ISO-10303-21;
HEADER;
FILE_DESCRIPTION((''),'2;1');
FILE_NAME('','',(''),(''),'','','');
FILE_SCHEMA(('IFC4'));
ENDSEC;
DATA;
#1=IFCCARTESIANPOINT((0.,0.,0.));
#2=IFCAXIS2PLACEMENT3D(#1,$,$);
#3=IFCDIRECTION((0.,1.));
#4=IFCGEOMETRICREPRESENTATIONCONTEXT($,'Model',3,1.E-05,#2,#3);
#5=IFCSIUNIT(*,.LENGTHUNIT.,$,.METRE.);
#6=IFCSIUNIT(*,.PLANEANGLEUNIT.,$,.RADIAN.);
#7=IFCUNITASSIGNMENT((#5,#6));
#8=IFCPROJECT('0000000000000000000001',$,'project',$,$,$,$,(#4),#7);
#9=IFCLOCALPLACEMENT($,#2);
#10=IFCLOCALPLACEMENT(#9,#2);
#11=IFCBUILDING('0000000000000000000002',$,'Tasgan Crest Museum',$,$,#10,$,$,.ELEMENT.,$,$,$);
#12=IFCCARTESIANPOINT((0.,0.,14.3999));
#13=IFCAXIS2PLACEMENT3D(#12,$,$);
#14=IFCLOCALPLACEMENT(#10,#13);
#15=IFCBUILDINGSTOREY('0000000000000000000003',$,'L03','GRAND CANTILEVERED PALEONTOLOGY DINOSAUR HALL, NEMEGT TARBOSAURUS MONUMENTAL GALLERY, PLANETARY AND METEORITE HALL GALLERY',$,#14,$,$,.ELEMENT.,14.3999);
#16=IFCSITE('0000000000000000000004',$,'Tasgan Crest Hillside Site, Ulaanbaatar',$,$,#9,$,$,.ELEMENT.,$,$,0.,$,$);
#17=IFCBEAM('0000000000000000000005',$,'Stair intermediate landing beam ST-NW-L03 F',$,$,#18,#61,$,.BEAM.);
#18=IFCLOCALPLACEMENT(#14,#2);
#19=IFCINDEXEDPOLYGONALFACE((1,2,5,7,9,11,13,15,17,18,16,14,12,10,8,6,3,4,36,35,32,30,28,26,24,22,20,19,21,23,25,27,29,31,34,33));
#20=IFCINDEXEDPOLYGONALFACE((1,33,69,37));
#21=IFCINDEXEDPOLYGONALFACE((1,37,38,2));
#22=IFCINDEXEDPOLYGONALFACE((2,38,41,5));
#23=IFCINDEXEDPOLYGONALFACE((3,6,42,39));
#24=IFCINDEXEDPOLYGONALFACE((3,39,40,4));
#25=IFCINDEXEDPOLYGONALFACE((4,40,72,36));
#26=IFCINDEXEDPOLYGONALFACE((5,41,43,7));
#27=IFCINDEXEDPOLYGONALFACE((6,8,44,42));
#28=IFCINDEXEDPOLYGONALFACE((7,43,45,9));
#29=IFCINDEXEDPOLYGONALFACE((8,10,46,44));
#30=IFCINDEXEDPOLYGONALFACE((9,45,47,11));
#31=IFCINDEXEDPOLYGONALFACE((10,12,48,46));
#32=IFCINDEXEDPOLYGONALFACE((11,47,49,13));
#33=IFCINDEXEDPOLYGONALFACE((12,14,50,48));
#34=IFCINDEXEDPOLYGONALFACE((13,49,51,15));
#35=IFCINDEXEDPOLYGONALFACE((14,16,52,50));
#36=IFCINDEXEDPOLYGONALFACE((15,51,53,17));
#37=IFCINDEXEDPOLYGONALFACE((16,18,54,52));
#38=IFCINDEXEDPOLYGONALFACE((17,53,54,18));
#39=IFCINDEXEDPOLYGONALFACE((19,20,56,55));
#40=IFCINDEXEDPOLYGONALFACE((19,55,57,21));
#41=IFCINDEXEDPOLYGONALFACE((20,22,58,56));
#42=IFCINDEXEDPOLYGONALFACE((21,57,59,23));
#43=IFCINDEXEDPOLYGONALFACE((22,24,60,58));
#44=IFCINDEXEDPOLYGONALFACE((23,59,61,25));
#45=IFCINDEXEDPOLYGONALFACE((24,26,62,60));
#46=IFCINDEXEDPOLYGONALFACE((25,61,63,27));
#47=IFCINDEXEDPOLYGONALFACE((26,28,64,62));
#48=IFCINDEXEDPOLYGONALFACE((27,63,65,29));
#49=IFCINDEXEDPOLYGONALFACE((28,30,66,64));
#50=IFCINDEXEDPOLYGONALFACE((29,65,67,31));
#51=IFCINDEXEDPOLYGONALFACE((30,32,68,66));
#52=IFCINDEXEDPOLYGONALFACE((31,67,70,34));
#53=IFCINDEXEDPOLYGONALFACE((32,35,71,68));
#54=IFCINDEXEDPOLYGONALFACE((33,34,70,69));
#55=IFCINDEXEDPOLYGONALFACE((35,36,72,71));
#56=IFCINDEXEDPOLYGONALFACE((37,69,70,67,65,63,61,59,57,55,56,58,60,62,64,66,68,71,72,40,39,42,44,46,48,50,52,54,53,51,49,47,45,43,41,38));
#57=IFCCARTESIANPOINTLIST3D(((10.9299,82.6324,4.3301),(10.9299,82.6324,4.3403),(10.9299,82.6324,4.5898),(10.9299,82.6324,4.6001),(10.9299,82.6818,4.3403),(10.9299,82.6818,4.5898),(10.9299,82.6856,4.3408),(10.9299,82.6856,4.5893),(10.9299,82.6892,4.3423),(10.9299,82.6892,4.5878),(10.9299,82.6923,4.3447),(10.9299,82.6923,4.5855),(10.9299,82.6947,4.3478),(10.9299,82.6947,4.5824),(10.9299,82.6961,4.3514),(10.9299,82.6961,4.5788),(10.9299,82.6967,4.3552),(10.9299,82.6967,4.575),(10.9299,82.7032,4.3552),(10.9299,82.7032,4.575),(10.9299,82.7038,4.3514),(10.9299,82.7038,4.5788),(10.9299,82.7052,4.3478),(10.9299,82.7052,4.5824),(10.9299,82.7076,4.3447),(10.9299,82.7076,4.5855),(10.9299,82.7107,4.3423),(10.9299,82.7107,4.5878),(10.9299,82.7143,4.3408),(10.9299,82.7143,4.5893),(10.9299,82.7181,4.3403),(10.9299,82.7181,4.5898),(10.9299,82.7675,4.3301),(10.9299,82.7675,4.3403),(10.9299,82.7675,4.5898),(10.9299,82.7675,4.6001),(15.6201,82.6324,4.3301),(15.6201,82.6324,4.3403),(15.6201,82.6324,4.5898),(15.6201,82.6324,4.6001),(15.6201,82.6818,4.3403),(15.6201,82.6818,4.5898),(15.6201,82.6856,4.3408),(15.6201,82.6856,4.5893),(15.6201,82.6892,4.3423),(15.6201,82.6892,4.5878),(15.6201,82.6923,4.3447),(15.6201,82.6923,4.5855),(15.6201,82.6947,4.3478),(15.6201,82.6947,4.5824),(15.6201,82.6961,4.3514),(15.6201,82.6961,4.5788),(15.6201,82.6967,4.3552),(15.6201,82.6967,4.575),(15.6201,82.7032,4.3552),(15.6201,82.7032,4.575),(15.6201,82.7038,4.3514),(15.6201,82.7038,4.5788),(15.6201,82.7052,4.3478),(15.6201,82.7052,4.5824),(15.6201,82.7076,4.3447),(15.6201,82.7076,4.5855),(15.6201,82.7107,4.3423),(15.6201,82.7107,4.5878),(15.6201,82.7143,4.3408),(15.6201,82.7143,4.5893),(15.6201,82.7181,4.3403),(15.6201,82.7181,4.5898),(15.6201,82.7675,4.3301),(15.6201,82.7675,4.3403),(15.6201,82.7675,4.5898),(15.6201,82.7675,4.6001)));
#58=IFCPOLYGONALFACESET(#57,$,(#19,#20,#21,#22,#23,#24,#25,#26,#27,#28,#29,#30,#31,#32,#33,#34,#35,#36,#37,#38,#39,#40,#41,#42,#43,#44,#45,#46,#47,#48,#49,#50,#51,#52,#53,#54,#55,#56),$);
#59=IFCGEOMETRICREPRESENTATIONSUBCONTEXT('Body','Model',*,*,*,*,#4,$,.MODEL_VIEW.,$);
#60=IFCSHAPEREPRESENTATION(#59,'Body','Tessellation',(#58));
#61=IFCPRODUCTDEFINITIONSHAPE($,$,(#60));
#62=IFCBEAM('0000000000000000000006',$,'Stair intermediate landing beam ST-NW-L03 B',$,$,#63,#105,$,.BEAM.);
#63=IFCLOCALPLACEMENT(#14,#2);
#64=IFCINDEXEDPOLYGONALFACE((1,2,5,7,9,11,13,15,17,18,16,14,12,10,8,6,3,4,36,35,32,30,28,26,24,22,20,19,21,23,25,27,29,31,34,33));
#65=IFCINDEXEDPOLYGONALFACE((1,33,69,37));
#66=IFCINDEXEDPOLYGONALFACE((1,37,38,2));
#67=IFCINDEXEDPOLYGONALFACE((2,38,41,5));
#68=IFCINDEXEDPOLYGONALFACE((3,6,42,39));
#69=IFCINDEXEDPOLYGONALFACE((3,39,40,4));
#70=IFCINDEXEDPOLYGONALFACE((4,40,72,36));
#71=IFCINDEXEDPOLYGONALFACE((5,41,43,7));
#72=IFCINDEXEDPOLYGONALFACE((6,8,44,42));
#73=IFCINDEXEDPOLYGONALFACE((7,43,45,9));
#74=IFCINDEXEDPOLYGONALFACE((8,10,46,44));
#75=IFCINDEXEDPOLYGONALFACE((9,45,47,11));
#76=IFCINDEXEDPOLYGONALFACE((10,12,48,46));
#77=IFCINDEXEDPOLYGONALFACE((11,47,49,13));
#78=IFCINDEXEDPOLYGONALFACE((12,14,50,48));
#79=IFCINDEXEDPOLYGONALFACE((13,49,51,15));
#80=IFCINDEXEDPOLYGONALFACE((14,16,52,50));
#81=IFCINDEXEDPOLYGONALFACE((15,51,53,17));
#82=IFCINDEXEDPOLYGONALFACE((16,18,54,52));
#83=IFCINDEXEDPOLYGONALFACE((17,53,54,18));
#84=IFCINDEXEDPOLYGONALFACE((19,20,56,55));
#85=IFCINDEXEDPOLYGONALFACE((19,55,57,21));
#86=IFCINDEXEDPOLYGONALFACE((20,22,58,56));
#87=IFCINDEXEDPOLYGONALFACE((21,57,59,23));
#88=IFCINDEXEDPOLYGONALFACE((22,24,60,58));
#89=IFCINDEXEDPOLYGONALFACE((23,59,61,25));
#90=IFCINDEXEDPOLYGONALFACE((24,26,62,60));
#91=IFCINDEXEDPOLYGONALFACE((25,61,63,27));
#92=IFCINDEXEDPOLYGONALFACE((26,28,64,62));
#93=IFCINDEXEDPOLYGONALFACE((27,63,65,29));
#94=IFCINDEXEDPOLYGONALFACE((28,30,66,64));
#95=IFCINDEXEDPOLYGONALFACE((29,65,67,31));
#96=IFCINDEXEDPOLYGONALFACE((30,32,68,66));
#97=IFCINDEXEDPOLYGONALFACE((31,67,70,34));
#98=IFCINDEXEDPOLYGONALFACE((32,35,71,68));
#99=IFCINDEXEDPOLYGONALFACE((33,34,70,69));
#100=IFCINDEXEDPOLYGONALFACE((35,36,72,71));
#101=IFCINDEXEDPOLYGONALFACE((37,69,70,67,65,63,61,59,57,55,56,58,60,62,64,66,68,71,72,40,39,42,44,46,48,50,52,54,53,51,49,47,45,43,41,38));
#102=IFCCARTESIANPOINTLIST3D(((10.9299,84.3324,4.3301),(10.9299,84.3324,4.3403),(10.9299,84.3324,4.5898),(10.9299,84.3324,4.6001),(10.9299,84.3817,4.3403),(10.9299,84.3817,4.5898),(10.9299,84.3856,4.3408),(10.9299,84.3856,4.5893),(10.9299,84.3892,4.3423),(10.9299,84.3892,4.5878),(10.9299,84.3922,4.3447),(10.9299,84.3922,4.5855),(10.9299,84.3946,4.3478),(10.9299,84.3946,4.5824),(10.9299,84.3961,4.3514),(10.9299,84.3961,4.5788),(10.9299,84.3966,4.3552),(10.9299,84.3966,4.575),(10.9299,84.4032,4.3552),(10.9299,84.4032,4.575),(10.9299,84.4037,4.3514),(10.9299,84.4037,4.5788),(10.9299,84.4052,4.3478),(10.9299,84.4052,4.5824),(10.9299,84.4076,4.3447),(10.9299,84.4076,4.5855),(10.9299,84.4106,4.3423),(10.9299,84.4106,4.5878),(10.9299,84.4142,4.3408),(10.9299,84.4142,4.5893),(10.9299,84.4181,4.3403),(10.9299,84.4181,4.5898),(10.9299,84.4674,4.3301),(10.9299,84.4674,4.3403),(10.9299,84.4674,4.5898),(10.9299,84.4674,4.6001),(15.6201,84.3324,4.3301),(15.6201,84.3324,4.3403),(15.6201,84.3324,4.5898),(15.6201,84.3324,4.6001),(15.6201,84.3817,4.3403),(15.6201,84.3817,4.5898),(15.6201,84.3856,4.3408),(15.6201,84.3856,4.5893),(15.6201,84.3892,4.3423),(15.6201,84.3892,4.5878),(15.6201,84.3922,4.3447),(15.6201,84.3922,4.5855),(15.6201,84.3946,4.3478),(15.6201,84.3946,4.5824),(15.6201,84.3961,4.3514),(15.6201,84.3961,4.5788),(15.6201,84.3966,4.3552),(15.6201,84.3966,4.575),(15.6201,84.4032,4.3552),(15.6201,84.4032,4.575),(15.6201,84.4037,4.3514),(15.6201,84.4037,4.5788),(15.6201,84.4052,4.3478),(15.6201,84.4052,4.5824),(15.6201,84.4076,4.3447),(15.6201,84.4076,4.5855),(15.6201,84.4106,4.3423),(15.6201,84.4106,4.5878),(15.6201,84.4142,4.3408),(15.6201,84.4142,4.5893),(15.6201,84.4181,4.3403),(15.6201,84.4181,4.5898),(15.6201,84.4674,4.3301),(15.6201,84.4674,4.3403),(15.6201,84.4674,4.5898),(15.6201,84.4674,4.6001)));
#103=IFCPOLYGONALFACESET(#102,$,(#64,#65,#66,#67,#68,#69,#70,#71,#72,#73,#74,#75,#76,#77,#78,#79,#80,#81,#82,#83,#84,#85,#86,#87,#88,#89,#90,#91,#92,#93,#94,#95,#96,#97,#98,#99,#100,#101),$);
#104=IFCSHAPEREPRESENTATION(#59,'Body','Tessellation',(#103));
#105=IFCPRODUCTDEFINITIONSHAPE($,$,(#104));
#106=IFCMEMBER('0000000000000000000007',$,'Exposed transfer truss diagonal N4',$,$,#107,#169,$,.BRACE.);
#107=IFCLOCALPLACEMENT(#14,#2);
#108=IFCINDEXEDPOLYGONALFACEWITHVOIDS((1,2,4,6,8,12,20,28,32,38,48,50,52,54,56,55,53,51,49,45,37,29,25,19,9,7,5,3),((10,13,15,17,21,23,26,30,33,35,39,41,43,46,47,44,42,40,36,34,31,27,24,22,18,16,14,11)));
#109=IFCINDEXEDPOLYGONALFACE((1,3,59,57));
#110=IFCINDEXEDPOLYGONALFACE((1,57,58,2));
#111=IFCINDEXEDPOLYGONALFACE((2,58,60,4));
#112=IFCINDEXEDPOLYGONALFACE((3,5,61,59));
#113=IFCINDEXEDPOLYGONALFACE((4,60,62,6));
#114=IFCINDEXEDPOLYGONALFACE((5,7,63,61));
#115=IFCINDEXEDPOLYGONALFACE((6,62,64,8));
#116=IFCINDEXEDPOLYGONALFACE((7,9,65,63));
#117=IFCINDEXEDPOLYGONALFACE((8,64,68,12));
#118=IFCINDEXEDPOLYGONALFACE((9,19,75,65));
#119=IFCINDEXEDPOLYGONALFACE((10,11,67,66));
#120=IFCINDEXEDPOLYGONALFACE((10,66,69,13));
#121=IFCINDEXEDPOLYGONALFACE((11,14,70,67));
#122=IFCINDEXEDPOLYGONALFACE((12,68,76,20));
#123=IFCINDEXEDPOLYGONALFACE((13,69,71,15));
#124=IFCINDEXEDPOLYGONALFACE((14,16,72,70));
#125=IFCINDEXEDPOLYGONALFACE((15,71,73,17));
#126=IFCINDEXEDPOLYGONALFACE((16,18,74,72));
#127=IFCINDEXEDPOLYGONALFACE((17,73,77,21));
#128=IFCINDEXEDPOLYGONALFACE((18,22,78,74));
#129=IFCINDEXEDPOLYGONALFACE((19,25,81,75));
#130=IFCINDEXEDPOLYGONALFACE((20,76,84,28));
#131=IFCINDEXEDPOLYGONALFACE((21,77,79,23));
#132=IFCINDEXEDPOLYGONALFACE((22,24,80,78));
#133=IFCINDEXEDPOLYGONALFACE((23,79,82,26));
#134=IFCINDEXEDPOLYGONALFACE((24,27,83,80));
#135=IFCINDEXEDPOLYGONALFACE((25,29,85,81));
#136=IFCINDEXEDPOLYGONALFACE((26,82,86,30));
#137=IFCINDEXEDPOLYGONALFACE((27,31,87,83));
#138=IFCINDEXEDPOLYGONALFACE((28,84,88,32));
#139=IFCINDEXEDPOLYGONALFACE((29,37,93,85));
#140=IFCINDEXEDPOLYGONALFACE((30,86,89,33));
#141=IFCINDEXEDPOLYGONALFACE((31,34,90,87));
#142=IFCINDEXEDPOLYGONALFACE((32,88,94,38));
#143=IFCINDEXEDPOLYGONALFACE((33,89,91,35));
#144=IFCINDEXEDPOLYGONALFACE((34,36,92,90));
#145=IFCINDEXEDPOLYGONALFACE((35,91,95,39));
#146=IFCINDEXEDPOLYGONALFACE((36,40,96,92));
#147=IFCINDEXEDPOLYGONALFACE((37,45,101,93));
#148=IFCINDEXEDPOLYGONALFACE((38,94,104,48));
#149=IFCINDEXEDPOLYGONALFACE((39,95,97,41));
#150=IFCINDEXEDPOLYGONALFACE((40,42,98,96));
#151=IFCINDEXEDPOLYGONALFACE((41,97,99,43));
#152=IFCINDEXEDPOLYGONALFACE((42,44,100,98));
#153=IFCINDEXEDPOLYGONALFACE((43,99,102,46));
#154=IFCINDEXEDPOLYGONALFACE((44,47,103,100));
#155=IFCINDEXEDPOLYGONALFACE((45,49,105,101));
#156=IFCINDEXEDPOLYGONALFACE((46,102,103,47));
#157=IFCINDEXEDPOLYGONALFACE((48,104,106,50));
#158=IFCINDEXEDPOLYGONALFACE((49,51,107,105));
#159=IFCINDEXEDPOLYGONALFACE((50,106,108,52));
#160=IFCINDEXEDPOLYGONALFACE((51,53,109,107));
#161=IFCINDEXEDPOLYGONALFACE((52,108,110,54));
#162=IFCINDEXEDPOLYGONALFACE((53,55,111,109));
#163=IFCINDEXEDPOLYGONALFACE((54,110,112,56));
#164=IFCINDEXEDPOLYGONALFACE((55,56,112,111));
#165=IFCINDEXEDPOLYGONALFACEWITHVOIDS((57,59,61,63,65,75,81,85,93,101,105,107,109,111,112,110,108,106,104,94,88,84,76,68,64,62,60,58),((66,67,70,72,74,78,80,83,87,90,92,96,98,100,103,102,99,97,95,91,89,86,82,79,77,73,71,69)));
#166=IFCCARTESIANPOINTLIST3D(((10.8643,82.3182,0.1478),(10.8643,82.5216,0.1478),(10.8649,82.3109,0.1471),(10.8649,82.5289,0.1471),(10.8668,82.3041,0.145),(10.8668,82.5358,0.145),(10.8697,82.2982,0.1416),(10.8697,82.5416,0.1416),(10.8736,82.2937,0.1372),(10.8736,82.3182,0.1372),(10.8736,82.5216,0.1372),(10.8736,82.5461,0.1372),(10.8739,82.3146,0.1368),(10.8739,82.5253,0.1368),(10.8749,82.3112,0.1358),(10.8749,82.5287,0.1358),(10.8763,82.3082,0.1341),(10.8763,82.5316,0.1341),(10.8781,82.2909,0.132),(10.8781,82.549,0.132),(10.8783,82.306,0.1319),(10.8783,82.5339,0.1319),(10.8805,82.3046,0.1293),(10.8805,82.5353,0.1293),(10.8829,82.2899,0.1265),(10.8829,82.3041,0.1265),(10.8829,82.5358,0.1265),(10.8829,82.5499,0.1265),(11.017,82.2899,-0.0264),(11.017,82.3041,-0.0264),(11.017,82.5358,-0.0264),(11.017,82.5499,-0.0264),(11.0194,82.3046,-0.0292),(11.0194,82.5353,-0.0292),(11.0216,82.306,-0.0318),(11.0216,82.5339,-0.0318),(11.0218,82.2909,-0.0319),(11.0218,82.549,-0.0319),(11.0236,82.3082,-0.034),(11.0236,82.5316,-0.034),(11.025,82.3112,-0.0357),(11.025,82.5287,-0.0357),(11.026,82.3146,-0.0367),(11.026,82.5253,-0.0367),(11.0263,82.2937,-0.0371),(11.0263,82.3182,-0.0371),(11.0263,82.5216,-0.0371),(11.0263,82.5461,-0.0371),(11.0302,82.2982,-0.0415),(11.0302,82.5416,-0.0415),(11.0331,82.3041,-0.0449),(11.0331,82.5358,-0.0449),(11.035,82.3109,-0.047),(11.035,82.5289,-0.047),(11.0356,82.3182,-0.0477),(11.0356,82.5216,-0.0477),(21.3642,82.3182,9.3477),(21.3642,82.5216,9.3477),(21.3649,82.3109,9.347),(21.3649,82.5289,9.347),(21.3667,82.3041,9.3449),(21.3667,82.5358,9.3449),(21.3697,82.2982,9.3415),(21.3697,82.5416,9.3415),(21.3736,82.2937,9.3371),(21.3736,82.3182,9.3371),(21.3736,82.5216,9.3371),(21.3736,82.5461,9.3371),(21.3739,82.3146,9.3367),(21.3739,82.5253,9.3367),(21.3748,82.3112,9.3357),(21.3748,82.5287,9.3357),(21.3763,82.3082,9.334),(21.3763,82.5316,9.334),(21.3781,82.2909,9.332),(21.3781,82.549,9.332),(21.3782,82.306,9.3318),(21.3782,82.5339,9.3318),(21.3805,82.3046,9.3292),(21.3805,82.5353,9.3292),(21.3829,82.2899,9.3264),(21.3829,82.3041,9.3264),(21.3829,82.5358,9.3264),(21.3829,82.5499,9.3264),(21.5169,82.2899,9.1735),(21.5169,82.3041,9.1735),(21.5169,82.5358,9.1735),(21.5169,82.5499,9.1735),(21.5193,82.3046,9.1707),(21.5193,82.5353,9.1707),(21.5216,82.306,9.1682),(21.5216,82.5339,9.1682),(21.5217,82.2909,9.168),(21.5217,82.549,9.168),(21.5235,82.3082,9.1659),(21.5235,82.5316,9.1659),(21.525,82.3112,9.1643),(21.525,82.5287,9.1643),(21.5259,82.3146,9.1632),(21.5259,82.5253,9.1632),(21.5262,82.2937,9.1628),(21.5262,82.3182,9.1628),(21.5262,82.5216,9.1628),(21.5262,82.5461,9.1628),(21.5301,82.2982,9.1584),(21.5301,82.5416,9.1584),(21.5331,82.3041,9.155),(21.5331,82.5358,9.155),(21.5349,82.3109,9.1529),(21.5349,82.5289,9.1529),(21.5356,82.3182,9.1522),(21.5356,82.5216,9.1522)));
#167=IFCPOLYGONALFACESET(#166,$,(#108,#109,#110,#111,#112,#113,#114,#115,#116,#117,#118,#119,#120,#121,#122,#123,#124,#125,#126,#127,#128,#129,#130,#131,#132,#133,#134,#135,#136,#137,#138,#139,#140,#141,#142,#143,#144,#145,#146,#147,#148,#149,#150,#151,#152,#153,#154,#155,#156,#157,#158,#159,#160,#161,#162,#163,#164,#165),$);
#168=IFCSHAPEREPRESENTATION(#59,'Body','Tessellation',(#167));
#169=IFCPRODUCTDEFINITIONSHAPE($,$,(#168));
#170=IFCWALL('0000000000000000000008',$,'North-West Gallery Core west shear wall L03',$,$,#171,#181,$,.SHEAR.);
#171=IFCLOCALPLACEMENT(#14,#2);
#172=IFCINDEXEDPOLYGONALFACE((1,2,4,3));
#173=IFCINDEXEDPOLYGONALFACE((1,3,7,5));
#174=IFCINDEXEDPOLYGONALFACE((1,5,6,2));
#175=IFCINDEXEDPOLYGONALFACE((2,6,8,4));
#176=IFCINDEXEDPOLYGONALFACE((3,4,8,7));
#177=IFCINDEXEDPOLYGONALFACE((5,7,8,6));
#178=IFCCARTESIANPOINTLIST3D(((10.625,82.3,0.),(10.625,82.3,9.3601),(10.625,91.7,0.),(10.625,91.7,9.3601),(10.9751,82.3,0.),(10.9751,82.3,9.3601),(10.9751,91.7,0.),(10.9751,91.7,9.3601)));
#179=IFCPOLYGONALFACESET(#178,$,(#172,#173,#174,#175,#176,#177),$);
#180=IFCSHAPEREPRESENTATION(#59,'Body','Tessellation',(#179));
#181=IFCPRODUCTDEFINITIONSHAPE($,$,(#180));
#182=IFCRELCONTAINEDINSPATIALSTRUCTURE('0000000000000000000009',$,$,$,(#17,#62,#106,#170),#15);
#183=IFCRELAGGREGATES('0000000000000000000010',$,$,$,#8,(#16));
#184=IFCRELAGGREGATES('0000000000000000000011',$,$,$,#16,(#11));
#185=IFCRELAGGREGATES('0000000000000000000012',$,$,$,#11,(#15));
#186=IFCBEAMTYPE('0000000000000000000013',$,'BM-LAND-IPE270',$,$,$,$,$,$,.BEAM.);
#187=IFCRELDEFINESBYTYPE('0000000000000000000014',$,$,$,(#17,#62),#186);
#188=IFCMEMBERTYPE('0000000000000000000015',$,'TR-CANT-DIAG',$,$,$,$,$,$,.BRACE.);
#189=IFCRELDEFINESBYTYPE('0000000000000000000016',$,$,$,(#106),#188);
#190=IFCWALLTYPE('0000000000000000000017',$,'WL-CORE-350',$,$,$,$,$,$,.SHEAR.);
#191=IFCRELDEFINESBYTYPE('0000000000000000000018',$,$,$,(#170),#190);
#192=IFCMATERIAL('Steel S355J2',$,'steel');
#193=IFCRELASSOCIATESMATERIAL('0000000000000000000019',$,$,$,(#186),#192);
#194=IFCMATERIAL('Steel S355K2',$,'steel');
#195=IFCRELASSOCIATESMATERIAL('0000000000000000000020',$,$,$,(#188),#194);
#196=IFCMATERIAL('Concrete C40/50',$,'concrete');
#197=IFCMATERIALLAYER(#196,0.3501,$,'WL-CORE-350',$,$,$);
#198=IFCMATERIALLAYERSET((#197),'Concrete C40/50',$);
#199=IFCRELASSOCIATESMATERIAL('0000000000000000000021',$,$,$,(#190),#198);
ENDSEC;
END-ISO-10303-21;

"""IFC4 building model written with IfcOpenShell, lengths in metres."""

from ifc_helpers import new_model, si_unit, direction, frame, frame_2d, origin, origin_2d, place, context, subcontext, project, spatial, rectangle, hollow_rectangle, i_section, extrude, material, layer, layer_set, material_profile, profile_set, type_object, element, save


model = new_model("IFC4")

# Units and contexts
model_context = context("Model", 3, precision=1e-05, world=origin(), true_north=direction((0.0, 1.0)))
body_context = subcontext(model_context, "Body", "Model", "MODEL_VIEW")
ifc_project = project(units=[si_unit("LENGTHUNIT", "METRE"), si_unit("PLANEANGLEUNIT", "RADIAN")], contexts=[model_context])

# Site, building, storey
site_placement = place(None, origin())
site = spatial("IfcSite", under=ifc_project, at=site_placement, Name="Tasgan Crest Hillside Site, Ulaanbaatar", CompositionType="ELEMENT", RefElevation=0.0)
building_placement = place(site_placement, origin())
building = spatial("IfcBuilding", under=site, at=building_placement, Name="Tasgan Crest Museum", CompositionType="ELEMENT")
storey_placement = place(building_placement, frame((0.0, 0.0, 14.3999)))
storey = spatial("IfcBuildingStorey", under=building, at=storey_placement, Name="L03", Description="GRAND CANTILEVERED PALEONTOLOGY DINOSAUR HALL, NEMEGT TARBOSAURUS MONUMENTAL GALLERY, PLANETARY AND METEORITE HALL GALLERY", CompositionType="ELEMENT", Elevation=14.3999)

# Beams
ifc_material_1 = material(Name="Steel S355J2", Category="steel")
ifc_material_profile_1 = material_profile(ifc_material_1, i_section(OverallWidth=0.135, OverallDepth=0.27, WebThickness=0.0066, FlangeThickness=0.0103, FilletRadius=0.0149, at=origin_2d()), Name="IPE 270")
ifc_profile_set_1 = profile_set([ifc_material_profile_1], Name="Steel S355J2")
beam_type_1 = type_object("IfcBeamType", Name="BM-LAND-IPE270", PredefinedType="BEAM", material=ifc_profile_set_1)
for number, where, z_axis, x_axis, name in (
    (1, (10.9299, 82.7, 4.4651), (1.0, 0.0, 0.0), (0.0, 1.0, 0.0), "Stair intermediate landing beam ST-NW-L03 F"),
    (2, (10.9299, 84.3999, 4.4651), (1.0, 0.0, 0.0), (0.0, 1.0, 0.0), "Stair intermediate landing beam ST-NW-L03 B"),
):
    element("IfcBeam", number, at=place(storey_placement, frame(where, z_axis=z_axis, x_axis=x_axis)), inside=storey, type_object=beam_type_1, Name=name, PredefinedType="BEAM", context=body_context, shape_type="SweptSolid", body=[
        extrude(i_section(OverallWidth=0.135, OverallDepth=0.27, WebThickness=0.0066, FlangeThickness=0.0103, FilletRadius=0.0149, at=origin_2d()), origin(), (0.0, 0.0, 1.0), 4.6902),
    ])

# Member
ifc_material_2 = material(Name="Steel S355K2", Category="steel")
ifc_material_profile_2 = material_profile(ifc_material_2, hollow_rectangle(XDim=0.26, YDim=0.26, WallThickness=0.0142, InnerFilletRadius=0.0142, OuterFilletRadius=0.0283, at=origin_2d()), Name="SHS 260x260x14.2")
ifc_profile_set_2 = profile_set([ifc_material_profile_2], Name="Steel S355K2")
member_type = type_object("IfcMemberType", Name="TR-CANT-DIAG", PredefinedType="BRACE", material=ifc_profile_set_2)
member_placement = place(storey_placement, frame((10.95, 82.4199, 0.05), z_axis=(0.752135, 0.0, 0.65901), x_axis=(0.0, 1.0, 0.0)))
element("IfcMember", 3, at=member_placement, inside=storey, type_object=member_type, Name="Exposed transfer truss diagonal N4", PredefinedType="BRACE", context=body_context, shape_type="SweptSolid", body=[
    extrude(hollow_rectangle(XDim=0.26, YDim=0.26, WallThickness=0.0142, InnerFilletRadius=0.0142, OuterFilletRadius=0.0283, at=origin_2d()), origin(), (0.0, 0.0, 1.0), 13.9602),
])

# Wall
ifc_material_3 = material(Name="Concrete C40/50", Category="concrete")
ifc_layer = layer(ifc_material_3, 0.3501, Name="WL-CORE-350")
ifc_layer_set = layer_set([ifc_layer], Name="Concrete C40/50")
wall_type = type_object("IfcWallType", Name="WL-CORE-350", PredefinedType="SHEAR", material=ifc_layer_set)
wall_1_placement = place(storey_placement, frame((10.8, 82.3, 0.0), z_axis=(0.0, 0.0, 1.0), x_axis=(0.0, 1.0, 0.0)))
element("IfcWall", 4, at=wall_1_placement, inside=storey, type_object=wall_type, Name="North-West Gallery Core west shear wall L03", PredefinedType="SHEAR", context=body_context, shape_type="SweptSolid", body=[
    extrude(rectangle(XDim=9.3999, YDim=0.3501, at=frame_2d((4.7, 0.0))), origin(), (0.0, 0.0, 1.0), 9.3601),
])

save(model, "model.ifc")
